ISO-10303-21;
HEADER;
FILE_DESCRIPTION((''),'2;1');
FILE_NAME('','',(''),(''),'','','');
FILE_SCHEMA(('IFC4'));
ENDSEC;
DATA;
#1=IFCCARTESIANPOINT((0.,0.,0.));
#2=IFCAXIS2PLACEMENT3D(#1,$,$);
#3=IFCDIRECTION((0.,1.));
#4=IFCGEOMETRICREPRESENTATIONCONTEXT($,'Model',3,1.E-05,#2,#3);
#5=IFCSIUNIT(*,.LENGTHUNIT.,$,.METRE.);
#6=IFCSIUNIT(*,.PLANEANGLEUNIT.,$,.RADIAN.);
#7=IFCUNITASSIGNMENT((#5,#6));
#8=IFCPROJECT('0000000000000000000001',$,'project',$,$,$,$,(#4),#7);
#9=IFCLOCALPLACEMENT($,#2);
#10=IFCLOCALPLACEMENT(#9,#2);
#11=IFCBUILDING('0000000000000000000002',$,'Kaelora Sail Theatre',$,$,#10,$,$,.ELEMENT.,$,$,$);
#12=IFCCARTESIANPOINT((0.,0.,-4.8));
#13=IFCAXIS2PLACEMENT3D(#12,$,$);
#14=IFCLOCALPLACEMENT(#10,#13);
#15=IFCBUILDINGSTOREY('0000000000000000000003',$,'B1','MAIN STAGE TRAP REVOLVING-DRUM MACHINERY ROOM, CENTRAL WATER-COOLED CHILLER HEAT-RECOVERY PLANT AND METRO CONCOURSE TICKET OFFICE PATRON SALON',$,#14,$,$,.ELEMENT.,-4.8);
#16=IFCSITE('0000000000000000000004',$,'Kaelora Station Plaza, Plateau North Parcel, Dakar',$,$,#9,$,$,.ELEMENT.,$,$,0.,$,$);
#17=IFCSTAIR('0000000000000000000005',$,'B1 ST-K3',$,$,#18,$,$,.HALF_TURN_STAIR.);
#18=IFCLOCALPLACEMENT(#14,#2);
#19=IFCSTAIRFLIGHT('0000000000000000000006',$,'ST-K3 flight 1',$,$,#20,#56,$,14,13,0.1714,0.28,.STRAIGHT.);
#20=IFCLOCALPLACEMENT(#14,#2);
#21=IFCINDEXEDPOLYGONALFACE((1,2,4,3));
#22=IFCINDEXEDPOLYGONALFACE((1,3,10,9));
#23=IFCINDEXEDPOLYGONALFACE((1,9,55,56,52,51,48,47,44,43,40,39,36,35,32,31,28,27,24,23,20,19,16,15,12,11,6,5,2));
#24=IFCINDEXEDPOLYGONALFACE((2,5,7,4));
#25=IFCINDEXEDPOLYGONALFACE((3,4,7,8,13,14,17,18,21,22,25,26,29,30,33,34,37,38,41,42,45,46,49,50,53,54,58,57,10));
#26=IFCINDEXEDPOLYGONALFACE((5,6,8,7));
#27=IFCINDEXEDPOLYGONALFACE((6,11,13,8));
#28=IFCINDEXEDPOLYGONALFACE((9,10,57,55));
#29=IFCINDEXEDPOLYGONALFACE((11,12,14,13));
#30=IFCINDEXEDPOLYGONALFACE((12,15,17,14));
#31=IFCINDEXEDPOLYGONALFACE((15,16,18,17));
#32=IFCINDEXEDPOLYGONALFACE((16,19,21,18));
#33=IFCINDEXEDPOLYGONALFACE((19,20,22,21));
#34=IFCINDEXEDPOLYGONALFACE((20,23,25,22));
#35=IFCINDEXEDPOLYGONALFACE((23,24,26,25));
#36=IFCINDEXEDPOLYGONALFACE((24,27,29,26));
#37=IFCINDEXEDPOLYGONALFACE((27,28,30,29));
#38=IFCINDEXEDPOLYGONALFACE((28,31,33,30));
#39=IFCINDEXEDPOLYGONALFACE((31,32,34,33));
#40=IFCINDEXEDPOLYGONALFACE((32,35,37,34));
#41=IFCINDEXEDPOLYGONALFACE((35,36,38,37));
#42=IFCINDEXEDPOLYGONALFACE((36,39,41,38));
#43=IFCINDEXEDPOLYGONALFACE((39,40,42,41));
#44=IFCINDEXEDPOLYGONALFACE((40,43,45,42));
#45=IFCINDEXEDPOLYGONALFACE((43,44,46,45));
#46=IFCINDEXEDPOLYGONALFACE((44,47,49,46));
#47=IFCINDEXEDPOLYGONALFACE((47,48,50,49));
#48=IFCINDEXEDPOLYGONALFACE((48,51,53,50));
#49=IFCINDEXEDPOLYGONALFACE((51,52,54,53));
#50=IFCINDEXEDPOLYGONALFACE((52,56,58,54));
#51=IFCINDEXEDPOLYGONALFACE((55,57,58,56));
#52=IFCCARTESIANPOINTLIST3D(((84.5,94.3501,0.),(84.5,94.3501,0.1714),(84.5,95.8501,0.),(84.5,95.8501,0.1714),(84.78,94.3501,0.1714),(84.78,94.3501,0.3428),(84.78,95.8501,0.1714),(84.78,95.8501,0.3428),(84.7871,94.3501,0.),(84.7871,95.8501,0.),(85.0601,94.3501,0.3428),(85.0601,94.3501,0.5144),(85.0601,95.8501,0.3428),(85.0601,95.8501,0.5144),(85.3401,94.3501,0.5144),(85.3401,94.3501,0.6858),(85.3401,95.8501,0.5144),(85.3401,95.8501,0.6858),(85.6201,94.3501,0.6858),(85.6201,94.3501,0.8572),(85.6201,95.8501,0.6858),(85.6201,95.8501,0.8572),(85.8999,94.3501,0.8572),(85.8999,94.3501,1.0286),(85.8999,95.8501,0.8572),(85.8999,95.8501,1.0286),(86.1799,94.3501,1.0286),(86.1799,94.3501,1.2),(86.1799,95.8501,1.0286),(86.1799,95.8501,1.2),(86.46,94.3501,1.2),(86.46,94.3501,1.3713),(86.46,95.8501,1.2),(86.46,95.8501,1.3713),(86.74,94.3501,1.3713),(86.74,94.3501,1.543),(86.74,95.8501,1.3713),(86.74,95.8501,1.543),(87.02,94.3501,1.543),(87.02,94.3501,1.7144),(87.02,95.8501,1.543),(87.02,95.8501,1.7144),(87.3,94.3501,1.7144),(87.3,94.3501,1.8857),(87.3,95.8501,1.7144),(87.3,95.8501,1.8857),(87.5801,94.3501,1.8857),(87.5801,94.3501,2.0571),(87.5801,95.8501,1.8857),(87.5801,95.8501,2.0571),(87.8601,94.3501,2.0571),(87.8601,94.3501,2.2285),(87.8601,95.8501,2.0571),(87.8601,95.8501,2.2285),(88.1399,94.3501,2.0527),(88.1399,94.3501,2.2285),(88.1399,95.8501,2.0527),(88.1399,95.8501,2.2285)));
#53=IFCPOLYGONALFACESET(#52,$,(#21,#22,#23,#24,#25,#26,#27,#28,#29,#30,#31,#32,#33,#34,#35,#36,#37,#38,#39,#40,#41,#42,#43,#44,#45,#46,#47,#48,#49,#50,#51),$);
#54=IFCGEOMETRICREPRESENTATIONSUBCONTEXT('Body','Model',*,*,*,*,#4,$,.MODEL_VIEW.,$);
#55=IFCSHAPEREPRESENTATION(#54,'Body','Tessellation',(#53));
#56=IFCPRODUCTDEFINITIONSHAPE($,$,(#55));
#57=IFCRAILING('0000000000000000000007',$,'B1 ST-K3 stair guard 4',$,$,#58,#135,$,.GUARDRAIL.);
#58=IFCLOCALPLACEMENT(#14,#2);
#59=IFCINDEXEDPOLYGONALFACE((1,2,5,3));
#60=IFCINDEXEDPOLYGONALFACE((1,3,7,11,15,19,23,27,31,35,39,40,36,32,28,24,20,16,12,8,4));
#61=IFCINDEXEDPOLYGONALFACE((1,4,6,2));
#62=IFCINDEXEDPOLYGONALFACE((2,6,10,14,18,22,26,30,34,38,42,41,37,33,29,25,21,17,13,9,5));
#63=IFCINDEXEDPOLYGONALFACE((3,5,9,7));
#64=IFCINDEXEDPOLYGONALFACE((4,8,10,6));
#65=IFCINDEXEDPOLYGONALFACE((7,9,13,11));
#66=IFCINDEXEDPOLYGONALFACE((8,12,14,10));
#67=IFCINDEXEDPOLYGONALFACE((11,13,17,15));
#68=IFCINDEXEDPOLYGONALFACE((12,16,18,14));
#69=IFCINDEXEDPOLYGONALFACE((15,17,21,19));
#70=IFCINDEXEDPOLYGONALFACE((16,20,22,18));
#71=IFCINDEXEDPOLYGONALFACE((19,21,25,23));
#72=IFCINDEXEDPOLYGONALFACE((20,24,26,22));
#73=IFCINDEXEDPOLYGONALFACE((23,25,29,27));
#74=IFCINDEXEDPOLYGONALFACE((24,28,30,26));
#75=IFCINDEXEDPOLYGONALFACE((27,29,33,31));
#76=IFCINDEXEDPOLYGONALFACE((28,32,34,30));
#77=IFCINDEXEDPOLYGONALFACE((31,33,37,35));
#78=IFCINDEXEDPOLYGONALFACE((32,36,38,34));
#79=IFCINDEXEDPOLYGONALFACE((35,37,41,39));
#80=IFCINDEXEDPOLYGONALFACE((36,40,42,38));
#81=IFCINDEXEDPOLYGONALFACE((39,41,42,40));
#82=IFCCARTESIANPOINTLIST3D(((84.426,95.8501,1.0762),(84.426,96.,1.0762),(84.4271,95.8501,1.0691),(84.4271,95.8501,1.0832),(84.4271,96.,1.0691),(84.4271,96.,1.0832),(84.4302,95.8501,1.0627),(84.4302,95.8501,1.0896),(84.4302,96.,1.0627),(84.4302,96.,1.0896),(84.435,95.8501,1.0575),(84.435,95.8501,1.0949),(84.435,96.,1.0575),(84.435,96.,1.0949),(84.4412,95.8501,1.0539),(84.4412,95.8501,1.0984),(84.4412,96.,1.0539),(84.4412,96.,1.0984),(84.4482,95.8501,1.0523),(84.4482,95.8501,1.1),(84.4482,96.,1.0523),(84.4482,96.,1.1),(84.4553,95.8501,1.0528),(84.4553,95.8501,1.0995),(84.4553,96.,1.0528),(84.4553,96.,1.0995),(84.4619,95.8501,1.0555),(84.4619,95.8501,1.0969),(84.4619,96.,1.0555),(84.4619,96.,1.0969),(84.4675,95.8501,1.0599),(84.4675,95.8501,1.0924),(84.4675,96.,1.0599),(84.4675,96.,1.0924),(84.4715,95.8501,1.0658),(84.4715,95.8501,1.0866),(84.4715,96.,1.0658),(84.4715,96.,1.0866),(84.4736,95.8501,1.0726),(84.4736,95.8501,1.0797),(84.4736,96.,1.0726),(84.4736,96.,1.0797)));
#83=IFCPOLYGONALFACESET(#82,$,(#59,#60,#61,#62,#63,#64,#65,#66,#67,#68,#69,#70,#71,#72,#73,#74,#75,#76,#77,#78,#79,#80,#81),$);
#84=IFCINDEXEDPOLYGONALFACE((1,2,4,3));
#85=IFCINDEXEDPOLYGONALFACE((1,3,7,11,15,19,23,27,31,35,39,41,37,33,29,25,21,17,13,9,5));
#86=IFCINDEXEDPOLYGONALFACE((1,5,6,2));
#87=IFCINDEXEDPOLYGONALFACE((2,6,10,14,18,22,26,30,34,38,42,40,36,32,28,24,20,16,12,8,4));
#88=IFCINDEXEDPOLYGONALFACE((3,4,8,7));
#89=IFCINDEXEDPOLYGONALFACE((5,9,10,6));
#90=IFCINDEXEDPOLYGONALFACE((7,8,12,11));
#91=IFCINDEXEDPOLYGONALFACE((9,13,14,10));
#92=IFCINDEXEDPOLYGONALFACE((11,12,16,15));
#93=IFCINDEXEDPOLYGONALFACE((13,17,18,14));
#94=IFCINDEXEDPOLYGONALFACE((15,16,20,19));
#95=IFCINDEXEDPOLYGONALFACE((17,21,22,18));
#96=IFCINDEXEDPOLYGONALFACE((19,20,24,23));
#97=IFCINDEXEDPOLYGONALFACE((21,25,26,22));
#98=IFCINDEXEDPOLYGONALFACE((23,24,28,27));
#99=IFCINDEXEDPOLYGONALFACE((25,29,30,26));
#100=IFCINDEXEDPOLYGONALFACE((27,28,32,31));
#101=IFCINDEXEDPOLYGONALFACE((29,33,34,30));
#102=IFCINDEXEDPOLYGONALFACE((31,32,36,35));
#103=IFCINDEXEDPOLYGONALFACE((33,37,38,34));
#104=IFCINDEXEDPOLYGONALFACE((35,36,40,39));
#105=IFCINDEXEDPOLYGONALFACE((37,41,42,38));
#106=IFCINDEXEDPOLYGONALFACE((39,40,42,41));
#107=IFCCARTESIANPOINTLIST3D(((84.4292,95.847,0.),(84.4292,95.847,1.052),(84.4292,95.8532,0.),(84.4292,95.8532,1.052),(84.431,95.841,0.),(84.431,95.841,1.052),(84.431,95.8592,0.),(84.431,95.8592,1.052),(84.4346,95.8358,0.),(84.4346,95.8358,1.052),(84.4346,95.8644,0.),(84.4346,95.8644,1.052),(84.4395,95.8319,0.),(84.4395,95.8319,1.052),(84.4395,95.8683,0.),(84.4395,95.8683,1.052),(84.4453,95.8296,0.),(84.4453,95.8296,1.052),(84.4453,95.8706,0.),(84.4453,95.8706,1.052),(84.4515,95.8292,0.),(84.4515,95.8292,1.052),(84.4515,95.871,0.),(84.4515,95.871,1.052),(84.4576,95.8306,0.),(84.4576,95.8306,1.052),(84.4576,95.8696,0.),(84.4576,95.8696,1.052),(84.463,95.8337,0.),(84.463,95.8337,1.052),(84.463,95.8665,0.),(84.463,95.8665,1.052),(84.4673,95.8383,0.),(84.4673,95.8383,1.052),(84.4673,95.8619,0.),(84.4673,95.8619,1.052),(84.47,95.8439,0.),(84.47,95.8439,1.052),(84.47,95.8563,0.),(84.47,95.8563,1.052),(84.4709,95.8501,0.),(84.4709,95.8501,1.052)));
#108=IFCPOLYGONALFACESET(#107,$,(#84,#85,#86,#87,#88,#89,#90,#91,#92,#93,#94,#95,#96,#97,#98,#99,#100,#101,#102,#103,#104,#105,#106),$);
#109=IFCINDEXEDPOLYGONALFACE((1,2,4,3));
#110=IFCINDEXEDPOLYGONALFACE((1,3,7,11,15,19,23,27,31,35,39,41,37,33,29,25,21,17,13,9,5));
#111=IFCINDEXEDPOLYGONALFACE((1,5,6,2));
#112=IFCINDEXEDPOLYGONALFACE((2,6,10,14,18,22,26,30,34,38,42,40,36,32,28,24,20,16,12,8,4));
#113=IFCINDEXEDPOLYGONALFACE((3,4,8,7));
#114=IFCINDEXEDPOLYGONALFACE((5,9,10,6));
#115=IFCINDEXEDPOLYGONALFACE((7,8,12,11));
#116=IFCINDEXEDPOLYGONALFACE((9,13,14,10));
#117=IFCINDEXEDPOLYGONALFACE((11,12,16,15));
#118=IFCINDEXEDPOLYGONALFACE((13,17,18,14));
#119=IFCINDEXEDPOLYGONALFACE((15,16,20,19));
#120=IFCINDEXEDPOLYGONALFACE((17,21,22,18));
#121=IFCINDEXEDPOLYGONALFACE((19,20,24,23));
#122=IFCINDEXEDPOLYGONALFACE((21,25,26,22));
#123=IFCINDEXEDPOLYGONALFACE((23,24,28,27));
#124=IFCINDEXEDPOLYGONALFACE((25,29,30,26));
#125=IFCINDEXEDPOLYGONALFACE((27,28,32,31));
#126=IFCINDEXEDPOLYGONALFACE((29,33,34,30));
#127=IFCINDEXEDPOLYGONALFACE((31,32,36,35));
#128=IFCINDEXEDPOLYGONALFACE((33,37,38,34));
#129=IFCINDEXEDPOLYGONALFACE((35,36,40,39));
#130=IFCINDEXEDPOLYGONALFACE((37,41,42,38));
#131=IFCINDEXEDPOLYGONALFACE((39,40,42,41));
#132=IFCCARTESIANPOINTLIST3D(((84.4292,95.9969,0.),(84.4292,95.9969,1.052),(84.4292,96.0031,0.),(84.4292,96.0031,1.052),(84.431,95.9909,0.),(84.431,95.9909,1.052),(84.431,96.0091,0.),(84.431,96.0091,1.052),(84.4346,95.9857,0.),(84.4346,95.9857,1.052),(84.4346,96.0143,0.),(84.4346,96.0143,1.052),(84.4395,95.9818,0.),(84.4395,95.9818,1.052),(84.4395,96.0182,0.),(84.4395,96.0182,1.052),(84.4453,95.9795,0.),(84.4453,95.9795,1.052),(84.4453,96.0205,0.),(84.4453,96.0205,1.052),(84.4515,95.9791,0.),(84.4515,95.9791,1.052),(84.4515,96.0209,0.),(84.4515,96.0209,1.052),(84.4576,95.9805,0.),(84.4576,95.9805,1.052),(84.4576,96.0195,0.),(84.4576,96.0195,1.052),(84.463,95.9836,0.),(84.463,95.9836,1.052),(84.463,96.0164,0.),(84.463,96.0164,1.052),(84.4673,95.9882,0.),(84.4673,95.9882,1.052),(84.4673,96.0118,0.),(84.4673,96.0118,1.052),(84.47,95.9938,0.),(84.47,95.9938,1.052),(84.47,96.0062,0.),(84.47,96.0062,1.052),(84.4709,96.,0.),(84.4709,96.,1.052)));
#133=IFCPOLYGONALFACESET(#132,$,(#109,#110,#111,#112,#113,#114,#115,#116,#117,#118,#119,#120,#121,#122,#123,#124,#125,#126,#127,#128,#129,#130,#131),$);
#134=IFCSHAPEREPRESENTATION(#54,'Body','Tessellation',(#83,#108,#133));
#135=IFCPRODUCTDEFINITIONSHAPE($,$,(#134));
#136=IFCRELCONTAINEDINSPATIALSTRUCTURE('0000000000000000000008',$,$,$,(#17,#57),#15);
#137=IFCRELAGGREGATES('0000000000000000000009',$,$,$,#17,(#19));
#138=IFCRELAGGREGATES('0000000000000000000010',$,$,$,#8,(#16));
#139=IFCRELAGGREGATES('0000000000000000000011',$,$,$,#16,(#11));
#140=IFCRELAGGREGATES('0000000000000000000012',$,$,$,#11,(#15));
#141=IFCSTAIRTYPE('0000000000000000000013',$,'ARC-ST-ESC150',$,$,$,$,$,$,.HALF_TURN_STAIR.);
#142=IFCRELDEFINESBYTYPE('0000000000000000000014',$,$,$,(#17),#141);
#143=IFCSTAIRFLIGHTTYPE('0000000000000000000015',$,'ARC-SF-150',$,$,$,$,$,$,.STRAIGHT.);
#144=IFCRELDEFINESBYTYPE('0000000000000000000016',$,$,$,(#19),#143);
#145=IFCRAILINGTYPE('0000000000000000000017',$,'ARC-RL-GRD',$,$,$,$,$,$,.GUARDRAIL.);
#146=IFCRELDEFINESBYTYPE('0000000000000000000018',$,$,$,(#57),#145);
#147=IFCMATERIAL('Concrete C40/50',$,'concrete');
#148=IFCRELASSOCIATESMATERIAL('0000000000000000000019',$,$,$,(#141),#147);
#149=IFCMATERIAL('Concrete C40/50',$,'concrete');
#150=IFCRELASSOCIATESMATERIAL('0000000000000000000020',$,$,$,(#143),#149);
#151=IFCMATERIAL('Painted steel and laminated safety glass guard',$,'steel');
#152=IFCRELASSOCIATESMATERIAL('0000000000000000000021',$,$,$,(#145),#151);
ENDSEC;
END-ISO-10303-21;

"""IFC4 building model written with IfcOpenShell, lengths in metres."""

from ifc_helpers import new_model, si_unit, direction, frame, origin, origin_2d, place, context, subcontext, project, spatial, polyline, circle, outline, extrude, material, type_object, element, aggregate, save


model = new_model("IFC4")

# Units and contexts
model_context = context("Model", 3, precision=1e-05, world=origin(), true_north=direction((0.0, 1.0)))
body_context = subcontext(model_context, "Body", "Model", "MODEL_VIEW")
ifc_project = project(units=[si_unit("LENGTHUNIT", "METRE"), si_unit("PLANEANGLEUNIT", "RADIAN")], contexts=[model_context])

# Site, building, storey
site_placement = place(None, origin())
site = spatial("IfcSite", under=ifc_project, at=site_placement, Name="Kaelora Station Plaza, Plateau North Parcel, Dakar", CompositionType="ELEMENT", RefElevation=0.0)
building_placement = place(site_placement, origin())
building = spatial("IfcBuilding", under=site, at=building_placement, Name="Kaelora Sail Theatre", CompositionType="ELEMENT")
storey_placement = place(building_placement, frame((0.0, 0.0, -4.8)))
storey = spatial("IfcBuildingStorey", under=building, at=storey_placement, Name="B1", Description="MAIN STAGE TRAP REVOLVING-DRUM MACHINERY ROOM, CENTRAL WATER-COOLED CHILLER HEAT-RECOVERY PLANT AND METRO CONCOURSE TICKET OFFICE PATRON SALON", CompositionType="ELEMENT", Elevation=-4.8)

# Stair, stair flight
ifc_material_1 = material(Name="Concrete C40/50", Category="concrete")
stair_type = type_object("IfcStairType", Name="ARC-ST-ESC150", PredefinedType="HALF_TURN_STAIR", material=ifc_material_1)
stair_placement = place(storey_placement, origin())
stair = element("IfcStair", 1, at=stair_placement, inside=storey, type_object=stair_type, Name="B1 ST-K3", PredefinedType="HALF_TURN_STAIR")
ifc_material_2 = material(Name="Concrete C40/50", Category="concrete")
stair_flight_type = type_object("IfcStairFlightType", Name="ARC-SF-150", PredefinedType="STRAIGHT", material=ifc_material_2)
stair_flight_placement = place(storey_placement, frame((84.5, 95.1001, 0.0), z_axis=(0.0, 0.0, 1.0), x_axis=(1.0, 0.0, 0.0)))
stair_flight = element("IfcStairFlight", 2, at=stair_flight_placement, type_object=stair_flight_type, Name="ST-K3 flight 1", NumberOfRisers=14, NumberOfTreads=13, PredefinedType="STRAIGHT", RiserHeight=0.1714, TreadLength=0.28, context=body_context, shape_type="SweptSolid", body=[
    extrude(outline(polyline([(0.0, 0.0), (0.0, 0.1714), (0.28, 0.1714), (0.28, 0.3428), (0.5601, 0.3428), (0.5601, 0.5144), (0.8401, 0.5144), (0.8401, 0.6858), (1.1201, 0.6858), (1.1201, 0.8572), (1.3999, 0.8572), (1.3999, 1.0286), (1.6799, 1.0286), (1.6799, 1.2), (1.96, 1.2), (1.96, 1.3713), (2.24, 1.3713), (2.24, 1.543), (2.52, 1.543), (2.52, 1.7144), (2.8, 1.7144), (2.8, 1.8857), (3.0801, 1.8857), (3.0801, 2.0571), (3.3601, 2.0571), (3.3601, 2.2285), (3.6399, 2.2285), (3.6399, 2.3999), (3.6399, 2.0527), (0.2871, 0.0), (0.0, 0.0)])), frame((0.0, 0.75, 0.0), z_axis=(0.0, -1.0, 0.0), x_axis=(1.0, 0.0, 0.0)), (0.0, 0.0, 1.0), 1.5),
])
aggregate(stair, [stair_flight])

# Railing
ifc_material_3 = material(Name="Painted steel and laminated safety glass guard", Category="steel")
railing_type_1 = type_object("IfcRailingType", Name="ARC-RL-GRD", PredefinedType="GUARDRAIL", material=ifc_material_3)
railing_1_placement = place(storey_placement, frame((84.45, 95.8501, 0.0)))
element("IfcRailing", 3, at=railing_1_placement, inside=storey, type_object=railing_type_1, Name="B1 ST-K3 stair guard 4", PredefinedType="GUARDRAIL", context=body_context, shape_type="SweptSolid", body=[
    extrude(circle(Radius=0.0239, at=origin_2d()), frame((0.0, 0.0, 1.0762), z_axis=(0.0, 1.0, 0.0), x_axis=(-1.0, 0.0, 0.0)), (0.0, 0.0, 1.0), 0.1499),
    extrude(circle(Radius=0.021, at=origin_2d()), origin(), (0.0, 0.0, 1.0), 1.052),
    extrude(circle(Radius=0.021, at=origin_2d()), frame((0.0, 0.1499, 0.0)), (0.0, 0.0, 1.0), 1.052),
])

save(model, "model.ifc")
